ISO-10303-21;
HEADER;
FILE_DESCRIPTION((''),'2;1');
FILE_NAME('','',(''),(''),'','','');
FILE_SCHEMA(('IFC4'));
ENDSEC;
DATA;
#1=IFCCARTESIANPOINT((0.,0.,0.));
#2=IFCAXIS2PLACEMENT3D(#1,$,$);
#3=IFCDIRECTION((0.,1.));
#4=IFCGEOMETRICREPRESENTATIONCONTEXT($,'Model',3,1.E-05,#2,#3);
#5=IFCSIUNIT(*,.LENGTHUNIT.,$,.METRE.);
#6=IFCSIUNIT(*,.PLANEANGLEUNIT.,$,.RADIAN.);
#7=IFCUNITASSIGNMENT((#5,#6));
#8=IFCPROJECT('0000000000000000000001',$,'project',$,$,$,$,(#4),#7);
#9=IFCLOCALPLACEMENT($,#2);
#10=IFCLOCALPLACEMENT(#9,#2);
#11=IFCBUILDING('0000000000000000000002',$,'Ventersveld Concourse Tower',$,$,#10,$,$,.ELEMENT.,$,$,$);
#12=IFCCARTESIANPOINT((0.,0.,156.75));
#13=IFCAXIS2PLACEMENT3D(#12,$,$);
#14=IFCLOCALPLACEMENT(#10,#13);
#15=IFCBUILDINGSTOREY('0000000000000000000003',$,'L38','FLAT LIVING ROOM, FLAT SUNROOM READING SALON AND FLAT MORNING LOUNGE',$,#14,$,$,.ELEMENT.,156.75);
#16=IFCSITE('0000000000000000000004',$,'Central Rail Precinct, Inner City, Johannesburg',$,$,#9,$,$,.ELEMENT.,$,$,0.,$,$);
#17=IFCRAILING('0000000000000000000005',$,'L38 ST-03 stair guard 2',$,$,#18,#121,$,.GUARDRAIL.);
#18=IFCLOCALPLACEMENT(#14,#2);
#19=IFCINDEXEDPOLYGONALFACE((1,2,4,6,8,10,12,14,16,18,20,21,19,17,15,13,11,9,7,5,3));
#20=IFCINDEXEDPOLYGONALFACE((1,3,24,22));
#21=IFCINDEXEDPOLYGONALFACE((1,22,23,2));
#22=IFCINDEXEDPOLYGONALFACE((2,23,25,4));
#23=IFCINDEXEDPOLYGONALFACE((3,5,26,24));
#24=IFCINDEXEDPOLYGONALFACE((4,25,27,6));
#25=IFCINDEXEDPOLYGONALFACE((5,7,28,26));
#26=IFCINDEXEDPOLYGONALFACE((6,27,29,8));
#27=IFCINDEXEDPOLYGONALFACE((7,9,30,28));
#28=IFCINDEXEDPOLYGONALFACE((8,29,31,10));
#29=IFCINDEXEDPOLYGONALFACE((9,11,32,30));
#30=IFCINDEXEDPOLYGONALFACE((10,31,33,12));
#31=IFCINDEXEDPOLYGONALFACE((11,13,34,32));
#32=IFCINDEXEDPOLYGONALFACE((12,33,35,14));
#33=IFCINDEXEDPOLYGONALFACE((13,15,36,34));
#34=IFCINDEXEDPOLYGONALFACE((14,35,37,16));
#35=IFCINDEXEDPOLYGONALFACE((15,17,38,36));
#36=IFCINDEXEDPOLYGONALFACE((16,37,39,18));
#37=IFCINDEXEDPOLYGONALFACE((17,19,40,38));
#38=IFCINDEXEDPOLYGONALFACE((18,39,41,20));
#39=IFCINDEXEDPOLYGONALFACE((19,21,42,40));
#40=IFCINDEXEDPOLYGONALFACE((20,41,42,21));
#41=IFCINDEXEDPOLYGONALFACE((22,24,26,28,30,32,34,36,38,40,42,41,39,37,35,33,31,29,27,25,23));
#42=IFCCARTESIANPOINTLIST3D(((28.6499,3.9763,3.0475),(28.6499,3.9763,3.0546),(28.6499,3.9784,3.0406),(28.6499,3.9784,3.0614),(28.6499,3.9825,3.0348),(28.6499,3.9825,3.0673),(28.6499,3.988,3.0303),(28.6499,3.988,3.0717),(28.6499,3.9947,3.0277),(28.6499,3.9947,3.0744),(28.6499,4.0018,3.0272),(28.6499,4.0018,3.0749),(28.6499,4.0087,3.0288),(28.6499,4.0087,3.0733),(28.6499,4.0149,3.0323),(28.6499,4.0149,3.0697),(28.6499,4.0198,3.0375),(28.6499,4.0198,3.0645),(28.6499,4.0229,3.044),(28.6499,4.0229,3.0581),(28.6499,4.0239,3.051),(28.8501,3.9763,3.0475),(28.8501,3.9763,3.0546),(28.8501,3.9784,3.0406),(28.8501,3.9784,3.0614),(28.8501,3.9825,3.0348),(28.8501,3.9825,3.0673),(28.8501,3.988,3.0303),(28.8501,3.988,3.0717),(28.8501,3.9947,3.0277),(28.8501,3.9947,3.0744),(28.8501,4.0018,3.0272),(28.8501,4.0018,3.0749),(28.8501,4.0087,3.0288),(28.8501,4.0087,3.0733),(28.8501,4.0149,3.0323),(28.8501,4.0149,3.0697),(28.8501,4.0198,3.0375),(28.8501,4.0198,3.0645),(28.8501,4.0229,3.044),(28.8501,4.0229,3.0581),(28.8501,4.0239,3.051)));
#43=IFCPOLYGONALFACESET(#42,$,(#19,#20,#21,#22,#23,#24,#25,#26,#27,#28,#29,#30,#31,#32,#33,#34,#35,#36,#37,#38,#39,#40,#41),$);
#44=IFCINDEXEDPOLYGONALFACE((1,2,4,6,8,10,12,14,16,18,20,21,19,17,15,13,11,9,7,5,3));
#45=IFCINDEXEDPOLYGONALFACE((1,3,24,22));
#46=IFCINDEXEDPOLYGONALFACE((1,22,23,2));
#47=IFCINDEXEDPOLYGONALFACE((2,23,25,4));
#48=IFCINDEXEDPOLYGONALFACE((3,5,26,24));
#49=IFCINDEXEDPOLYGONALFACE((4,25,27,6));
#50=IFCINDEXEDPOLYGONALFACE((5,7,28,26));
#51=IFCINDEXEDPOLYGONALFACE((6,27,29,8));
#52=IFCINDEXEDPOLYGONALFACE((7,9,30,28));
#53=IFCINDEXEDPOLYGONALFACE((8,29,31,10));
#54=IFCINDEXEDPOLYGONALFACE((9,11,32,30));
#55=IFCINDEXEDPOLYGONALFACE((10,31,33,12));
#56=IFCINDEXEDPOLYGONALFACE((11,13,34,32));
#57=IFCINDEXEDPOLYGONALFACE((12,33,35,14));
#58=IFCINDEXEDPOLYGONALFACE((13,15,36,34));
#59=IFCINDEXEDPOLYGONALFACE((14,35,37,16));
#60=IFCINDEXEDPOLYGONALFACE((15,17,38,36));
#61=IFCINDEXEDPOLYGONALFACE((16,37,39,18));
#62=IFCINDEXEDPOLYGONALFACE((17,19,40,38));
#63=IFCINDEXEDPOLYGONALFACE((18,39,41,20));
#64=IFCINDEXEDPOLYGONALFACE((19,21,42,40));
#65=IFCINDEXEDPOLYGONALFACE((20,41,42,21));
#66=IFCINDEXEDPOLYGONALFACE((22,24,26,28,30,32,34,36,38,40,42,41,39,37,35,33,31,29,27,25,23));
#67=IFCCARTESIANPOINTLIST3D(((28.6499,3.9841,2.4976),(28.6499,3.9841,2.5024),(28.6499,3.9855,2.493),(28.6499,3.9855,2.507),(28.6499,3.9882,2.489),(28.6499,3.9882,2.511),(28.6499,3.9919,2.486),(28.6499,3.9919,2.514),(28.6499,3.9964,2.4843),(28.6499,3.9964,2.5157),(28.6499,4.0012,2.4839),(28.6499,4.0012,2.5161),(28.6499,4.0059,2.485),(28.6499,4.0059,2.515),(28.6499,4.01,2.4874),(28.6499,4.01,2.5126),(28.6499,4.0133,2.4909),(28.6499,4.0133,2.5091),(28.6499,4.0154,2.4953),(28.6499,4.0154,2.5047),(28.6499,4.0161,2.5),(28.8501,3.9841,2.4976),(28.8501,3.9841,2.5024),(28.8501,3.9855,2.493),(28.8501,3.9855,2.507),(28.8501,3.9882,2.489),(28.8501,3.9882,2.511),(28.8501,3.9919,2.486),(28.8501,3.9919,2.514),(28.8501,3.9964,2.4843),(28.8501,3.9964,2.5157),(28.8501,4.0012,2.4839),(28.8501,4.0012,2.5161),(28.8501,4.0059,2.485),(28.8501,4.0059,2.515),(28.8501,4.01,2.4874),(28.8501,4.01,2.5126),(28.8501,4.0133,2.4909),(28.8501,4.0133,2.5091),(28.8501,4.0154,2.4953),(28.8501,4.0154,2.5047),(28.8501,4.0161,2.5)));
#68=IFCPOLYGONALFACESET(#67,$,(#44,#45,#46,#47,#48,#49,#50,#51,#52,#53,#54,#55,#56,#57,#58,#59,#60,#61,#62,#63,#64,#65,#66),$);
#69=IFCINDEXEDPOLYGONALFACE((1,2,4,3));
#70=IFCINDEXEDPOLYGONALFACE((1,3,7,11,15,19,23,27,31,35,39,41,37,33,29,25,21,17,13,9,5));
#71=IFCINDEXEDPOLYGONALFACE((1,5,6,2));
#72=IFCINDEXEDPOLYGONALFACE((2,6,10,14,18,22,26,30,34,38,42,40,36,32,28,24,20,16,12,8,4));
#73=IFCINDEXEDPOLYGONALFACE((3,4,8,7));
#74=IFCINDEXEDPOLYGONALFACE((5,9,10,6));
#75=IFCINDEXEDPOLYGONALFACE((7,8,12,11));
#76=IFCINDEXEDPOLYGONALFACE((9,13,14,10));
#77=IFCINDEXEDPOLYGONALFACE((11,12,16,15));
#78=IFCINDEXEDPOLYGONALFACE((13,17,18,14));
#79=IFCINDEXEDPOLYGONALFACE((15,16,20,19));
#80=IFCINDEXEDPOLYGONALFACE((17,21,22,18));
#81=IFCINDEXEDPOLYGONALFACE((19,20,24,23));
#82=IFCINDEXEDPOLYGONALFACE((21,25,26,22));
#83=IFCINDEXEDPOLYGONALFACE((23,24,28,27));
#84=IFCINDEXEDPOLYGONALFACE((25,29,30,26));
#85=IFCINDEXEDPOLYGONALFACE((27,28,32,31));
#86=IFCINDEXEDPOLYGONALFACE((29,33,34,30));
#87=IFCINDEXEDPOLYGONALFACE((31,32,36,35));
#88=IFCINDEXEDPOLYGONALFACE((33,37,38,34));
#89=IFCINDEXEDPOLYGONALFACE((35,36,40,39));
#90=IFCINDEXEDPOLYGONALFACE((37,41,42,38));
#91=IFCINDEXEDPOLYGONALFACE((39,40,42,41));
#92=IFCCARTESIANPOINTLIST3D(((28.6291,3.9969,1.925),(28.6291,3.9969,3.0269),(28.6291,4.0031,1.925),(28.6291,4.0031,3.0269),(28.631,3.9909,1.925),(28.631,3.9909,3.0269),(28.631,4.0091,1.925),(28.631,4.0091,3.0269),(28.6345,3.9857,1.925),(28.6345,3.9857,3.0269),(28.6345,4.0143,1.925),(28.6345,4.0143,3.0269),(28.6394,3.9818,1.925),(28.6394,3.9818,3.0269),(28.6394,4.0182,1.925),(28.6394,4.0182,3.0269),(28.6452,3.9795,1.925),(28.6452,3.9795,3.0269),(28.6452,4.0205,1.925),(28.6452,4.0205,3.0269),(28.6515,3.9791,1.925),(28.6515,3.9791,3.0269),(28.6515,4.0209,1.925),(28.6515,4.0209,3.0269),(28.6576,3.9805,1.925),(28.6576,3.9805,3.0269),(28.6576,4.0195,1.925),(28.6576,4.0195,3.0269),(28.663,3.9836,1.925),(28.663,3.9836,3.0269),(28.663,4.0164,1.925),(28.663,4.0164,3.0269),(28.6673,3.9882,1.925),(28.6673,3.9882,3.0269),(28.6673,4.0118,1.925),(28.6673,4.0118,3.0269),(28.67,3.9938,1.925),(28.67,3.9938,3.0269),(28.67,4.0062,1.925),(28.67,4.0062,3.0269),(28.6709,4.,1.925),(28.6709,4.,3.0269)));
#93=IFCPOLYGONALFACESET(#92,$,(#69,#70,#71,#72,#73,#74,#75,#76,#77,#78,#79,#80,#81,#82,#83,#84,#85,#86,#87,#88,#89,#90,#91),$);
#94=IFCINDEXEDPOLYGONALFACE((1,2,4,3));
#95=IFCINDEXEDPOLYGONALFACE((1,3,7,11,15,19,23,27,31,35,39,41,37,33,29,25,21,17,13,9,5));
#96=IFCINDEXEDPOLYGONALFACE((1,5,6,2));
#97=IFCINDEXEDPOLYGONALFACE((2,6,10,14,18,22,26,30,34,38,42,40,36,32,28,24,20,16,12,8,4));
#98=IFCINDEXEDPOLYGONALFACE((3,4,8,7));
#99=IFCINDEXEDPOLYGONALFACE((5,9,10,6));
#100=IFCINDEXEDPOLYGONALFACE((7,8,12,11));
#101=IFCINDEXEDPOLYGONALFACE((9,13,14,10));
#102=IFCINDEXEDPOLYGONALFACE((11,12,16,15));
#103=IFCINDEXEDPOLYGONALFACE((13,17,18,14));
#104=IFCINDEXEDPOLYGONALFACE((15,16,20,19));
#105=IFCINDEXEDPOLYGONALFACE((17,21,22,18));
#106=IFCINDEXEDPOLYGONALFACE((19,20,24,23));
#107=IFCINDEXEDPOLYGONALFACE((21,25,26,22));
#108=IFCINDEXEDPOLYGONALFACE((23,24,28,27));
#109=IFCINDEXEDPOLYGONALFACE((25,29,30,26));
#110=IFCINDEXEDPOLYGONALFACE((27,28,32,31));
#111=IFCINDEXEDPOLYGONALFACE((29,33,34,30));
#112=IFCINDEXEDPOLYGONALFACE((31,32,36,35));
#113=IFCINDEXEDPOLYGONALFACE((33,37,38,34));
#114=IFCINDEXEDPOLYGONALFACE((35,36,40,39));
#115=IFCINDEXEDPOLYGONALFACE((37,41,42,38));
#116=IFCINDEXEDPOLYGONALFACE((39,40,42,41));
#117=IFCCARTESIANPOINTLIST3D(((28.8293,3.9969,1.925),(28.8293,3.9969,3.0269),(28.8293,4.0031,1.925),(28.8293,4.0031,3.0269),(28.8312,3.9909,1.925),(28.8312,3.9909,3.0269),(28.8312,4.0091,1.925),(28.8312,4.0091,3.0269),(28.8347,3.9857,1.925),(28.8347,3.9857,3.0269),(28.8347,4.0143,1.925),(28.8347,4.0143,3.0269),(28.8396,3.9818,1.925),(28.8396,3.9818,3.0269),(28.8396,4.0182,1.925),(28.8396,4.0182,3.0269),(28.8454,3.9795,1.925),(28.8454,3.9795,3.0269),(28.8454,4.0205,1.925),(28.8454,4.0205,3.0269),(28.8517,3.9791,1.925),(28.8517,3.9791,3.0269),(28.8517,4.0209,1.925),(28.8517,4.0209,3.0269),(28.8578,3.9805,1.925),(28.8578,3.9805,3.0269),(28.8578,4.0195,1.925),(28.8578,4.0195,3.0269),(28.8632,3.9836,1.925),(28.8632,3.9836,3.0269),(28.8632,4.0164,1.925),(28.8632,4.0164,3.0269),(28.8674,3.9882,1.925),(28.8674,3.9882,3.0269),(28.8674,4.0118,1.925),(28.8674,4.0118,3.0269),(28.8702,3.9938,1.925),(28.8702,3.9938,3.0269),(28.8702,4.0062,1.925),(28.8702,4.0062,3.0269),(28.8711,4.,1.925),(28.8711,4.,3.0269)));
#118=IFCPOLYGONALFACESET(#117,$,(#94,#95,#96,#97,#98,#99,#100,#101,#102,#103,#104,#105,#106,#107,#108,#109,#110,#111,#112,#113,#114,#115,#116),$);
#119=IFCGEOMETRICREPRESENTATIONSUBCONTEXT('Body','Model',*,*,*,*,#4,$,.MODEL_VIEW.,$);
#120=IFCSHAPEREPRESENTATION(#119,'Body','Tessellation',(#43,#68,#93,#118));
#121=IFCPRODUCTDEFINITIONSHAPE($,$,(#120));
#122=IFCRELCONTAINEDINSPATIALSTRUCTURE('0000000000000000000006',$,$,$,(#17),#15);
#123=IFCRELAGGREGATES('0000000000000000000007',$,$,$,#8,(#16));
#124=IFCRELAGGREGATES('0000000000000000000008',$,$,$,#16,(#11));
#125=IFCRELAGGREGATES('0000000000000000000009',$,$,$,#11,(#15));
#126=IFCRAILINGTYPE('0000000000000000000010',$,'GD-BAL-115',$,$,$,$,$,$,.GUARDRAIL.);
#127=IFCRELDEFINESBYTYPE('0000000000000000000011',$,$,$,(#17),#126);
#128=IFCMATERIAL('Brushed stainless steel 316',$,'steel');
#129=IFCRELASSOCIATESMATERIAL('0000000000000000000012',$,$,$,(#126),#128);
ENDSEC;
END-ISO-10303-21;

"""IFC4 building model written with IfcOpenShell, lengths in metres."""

from ifc_helpers import new_model, si_unit, direction, frame, origin, origin_2d, place, context, subcontext, project, spatial, circle, extrude, material, type_object, element, save


model = new_model("IFC4")

# Units and contexts
model_context = context("Model", 3, precision=1e-05, world=origin(), true_north=direction((0.0, 1.0)))
body_context = subcontext(model_context, "Body", "Model", "MODEL_VIEW")
ifc_project = project(units=[si_unit("LENGTHUNIT", "METRE"), si_unit("PLANEANGLEUNIT", "RADIAN")], contexts=[model_context])

# Site, building, storey
site_placement = place(None, origin())
site = spatial("IfcSite", under=ifc_project, at=site_placement, Name="Central Rail Precinct, Inner City, Johannesburg", CompositionType="ELEMENT", RefElevation=0.0)
building_placement = place(site_placement, origin())
building = spatial("IfcBuilding", under=site, at=building_placement, Name="Ventersveld Concourse Tower", CompositionType="ELEMENT")
storey_placement = place(building_placement, frame((0.0, 0.0, 156.75)))
storey = spatial("IfcBuildingStorey", under=building, at=storey_placement, Name="L38", Description="FLAT LIVING ROOM, FLAT SUNROOM READING SALON AND FLAT MORNING LOUNGE", CompositionType="ELEMENT", Elevation=156.75)

# Shared definitions
ifc_material_1 = material(Name="Brushed stainless steel 316", Category="steel")

# Railing
railing_type_1 = type_object("IfcRailingType", Name="GD-BAL-115", PredefinedType="GUARDRAIL", material=ifc_material_1)
railing_1_placement = place(storey_placement, frame((28.6499, 4.0, 1.925)))
element("IfcRailing", 1, at=railing_1_placement, inside=storey, type_object=railing_type_1, Name="L38 ST-03 stair guard 2", PredefinedType="GUARDRAIL", context=body_context, shape_type="SweptSolid", body=[
    extrude(circle(Radius=0.0239, at=origin_2d()), frame((0.0, 0.0, 1.126), z_axis=(1.0, 0.0, 0.0), x_axis=(0.0, 1.0, 0.0)), (0.0, 0.0, 1.0), 0.2002),
    extrude(circle(Radius=0.0161, at=origin_2d()), frame((0.0, 0.0, 0.575), z_axis=(1.0, 0.0, 0.0), x_axis=(0.0, 1.0, 0.0)), (0.0, 0.0, 1.0), 0.2002),
    extrude(circle(Radius=0.021, at=origin_2d()), origin(), (0.0, 0.0, 1.0), 1.1018),
    extrude(circle(Radius=0.021, at=origin_2d()), frame((0.2002, 0.0, 0.0)), (0.0, 0.0, 1.0), 1.1018),
])

save(model, "model.ifc")
